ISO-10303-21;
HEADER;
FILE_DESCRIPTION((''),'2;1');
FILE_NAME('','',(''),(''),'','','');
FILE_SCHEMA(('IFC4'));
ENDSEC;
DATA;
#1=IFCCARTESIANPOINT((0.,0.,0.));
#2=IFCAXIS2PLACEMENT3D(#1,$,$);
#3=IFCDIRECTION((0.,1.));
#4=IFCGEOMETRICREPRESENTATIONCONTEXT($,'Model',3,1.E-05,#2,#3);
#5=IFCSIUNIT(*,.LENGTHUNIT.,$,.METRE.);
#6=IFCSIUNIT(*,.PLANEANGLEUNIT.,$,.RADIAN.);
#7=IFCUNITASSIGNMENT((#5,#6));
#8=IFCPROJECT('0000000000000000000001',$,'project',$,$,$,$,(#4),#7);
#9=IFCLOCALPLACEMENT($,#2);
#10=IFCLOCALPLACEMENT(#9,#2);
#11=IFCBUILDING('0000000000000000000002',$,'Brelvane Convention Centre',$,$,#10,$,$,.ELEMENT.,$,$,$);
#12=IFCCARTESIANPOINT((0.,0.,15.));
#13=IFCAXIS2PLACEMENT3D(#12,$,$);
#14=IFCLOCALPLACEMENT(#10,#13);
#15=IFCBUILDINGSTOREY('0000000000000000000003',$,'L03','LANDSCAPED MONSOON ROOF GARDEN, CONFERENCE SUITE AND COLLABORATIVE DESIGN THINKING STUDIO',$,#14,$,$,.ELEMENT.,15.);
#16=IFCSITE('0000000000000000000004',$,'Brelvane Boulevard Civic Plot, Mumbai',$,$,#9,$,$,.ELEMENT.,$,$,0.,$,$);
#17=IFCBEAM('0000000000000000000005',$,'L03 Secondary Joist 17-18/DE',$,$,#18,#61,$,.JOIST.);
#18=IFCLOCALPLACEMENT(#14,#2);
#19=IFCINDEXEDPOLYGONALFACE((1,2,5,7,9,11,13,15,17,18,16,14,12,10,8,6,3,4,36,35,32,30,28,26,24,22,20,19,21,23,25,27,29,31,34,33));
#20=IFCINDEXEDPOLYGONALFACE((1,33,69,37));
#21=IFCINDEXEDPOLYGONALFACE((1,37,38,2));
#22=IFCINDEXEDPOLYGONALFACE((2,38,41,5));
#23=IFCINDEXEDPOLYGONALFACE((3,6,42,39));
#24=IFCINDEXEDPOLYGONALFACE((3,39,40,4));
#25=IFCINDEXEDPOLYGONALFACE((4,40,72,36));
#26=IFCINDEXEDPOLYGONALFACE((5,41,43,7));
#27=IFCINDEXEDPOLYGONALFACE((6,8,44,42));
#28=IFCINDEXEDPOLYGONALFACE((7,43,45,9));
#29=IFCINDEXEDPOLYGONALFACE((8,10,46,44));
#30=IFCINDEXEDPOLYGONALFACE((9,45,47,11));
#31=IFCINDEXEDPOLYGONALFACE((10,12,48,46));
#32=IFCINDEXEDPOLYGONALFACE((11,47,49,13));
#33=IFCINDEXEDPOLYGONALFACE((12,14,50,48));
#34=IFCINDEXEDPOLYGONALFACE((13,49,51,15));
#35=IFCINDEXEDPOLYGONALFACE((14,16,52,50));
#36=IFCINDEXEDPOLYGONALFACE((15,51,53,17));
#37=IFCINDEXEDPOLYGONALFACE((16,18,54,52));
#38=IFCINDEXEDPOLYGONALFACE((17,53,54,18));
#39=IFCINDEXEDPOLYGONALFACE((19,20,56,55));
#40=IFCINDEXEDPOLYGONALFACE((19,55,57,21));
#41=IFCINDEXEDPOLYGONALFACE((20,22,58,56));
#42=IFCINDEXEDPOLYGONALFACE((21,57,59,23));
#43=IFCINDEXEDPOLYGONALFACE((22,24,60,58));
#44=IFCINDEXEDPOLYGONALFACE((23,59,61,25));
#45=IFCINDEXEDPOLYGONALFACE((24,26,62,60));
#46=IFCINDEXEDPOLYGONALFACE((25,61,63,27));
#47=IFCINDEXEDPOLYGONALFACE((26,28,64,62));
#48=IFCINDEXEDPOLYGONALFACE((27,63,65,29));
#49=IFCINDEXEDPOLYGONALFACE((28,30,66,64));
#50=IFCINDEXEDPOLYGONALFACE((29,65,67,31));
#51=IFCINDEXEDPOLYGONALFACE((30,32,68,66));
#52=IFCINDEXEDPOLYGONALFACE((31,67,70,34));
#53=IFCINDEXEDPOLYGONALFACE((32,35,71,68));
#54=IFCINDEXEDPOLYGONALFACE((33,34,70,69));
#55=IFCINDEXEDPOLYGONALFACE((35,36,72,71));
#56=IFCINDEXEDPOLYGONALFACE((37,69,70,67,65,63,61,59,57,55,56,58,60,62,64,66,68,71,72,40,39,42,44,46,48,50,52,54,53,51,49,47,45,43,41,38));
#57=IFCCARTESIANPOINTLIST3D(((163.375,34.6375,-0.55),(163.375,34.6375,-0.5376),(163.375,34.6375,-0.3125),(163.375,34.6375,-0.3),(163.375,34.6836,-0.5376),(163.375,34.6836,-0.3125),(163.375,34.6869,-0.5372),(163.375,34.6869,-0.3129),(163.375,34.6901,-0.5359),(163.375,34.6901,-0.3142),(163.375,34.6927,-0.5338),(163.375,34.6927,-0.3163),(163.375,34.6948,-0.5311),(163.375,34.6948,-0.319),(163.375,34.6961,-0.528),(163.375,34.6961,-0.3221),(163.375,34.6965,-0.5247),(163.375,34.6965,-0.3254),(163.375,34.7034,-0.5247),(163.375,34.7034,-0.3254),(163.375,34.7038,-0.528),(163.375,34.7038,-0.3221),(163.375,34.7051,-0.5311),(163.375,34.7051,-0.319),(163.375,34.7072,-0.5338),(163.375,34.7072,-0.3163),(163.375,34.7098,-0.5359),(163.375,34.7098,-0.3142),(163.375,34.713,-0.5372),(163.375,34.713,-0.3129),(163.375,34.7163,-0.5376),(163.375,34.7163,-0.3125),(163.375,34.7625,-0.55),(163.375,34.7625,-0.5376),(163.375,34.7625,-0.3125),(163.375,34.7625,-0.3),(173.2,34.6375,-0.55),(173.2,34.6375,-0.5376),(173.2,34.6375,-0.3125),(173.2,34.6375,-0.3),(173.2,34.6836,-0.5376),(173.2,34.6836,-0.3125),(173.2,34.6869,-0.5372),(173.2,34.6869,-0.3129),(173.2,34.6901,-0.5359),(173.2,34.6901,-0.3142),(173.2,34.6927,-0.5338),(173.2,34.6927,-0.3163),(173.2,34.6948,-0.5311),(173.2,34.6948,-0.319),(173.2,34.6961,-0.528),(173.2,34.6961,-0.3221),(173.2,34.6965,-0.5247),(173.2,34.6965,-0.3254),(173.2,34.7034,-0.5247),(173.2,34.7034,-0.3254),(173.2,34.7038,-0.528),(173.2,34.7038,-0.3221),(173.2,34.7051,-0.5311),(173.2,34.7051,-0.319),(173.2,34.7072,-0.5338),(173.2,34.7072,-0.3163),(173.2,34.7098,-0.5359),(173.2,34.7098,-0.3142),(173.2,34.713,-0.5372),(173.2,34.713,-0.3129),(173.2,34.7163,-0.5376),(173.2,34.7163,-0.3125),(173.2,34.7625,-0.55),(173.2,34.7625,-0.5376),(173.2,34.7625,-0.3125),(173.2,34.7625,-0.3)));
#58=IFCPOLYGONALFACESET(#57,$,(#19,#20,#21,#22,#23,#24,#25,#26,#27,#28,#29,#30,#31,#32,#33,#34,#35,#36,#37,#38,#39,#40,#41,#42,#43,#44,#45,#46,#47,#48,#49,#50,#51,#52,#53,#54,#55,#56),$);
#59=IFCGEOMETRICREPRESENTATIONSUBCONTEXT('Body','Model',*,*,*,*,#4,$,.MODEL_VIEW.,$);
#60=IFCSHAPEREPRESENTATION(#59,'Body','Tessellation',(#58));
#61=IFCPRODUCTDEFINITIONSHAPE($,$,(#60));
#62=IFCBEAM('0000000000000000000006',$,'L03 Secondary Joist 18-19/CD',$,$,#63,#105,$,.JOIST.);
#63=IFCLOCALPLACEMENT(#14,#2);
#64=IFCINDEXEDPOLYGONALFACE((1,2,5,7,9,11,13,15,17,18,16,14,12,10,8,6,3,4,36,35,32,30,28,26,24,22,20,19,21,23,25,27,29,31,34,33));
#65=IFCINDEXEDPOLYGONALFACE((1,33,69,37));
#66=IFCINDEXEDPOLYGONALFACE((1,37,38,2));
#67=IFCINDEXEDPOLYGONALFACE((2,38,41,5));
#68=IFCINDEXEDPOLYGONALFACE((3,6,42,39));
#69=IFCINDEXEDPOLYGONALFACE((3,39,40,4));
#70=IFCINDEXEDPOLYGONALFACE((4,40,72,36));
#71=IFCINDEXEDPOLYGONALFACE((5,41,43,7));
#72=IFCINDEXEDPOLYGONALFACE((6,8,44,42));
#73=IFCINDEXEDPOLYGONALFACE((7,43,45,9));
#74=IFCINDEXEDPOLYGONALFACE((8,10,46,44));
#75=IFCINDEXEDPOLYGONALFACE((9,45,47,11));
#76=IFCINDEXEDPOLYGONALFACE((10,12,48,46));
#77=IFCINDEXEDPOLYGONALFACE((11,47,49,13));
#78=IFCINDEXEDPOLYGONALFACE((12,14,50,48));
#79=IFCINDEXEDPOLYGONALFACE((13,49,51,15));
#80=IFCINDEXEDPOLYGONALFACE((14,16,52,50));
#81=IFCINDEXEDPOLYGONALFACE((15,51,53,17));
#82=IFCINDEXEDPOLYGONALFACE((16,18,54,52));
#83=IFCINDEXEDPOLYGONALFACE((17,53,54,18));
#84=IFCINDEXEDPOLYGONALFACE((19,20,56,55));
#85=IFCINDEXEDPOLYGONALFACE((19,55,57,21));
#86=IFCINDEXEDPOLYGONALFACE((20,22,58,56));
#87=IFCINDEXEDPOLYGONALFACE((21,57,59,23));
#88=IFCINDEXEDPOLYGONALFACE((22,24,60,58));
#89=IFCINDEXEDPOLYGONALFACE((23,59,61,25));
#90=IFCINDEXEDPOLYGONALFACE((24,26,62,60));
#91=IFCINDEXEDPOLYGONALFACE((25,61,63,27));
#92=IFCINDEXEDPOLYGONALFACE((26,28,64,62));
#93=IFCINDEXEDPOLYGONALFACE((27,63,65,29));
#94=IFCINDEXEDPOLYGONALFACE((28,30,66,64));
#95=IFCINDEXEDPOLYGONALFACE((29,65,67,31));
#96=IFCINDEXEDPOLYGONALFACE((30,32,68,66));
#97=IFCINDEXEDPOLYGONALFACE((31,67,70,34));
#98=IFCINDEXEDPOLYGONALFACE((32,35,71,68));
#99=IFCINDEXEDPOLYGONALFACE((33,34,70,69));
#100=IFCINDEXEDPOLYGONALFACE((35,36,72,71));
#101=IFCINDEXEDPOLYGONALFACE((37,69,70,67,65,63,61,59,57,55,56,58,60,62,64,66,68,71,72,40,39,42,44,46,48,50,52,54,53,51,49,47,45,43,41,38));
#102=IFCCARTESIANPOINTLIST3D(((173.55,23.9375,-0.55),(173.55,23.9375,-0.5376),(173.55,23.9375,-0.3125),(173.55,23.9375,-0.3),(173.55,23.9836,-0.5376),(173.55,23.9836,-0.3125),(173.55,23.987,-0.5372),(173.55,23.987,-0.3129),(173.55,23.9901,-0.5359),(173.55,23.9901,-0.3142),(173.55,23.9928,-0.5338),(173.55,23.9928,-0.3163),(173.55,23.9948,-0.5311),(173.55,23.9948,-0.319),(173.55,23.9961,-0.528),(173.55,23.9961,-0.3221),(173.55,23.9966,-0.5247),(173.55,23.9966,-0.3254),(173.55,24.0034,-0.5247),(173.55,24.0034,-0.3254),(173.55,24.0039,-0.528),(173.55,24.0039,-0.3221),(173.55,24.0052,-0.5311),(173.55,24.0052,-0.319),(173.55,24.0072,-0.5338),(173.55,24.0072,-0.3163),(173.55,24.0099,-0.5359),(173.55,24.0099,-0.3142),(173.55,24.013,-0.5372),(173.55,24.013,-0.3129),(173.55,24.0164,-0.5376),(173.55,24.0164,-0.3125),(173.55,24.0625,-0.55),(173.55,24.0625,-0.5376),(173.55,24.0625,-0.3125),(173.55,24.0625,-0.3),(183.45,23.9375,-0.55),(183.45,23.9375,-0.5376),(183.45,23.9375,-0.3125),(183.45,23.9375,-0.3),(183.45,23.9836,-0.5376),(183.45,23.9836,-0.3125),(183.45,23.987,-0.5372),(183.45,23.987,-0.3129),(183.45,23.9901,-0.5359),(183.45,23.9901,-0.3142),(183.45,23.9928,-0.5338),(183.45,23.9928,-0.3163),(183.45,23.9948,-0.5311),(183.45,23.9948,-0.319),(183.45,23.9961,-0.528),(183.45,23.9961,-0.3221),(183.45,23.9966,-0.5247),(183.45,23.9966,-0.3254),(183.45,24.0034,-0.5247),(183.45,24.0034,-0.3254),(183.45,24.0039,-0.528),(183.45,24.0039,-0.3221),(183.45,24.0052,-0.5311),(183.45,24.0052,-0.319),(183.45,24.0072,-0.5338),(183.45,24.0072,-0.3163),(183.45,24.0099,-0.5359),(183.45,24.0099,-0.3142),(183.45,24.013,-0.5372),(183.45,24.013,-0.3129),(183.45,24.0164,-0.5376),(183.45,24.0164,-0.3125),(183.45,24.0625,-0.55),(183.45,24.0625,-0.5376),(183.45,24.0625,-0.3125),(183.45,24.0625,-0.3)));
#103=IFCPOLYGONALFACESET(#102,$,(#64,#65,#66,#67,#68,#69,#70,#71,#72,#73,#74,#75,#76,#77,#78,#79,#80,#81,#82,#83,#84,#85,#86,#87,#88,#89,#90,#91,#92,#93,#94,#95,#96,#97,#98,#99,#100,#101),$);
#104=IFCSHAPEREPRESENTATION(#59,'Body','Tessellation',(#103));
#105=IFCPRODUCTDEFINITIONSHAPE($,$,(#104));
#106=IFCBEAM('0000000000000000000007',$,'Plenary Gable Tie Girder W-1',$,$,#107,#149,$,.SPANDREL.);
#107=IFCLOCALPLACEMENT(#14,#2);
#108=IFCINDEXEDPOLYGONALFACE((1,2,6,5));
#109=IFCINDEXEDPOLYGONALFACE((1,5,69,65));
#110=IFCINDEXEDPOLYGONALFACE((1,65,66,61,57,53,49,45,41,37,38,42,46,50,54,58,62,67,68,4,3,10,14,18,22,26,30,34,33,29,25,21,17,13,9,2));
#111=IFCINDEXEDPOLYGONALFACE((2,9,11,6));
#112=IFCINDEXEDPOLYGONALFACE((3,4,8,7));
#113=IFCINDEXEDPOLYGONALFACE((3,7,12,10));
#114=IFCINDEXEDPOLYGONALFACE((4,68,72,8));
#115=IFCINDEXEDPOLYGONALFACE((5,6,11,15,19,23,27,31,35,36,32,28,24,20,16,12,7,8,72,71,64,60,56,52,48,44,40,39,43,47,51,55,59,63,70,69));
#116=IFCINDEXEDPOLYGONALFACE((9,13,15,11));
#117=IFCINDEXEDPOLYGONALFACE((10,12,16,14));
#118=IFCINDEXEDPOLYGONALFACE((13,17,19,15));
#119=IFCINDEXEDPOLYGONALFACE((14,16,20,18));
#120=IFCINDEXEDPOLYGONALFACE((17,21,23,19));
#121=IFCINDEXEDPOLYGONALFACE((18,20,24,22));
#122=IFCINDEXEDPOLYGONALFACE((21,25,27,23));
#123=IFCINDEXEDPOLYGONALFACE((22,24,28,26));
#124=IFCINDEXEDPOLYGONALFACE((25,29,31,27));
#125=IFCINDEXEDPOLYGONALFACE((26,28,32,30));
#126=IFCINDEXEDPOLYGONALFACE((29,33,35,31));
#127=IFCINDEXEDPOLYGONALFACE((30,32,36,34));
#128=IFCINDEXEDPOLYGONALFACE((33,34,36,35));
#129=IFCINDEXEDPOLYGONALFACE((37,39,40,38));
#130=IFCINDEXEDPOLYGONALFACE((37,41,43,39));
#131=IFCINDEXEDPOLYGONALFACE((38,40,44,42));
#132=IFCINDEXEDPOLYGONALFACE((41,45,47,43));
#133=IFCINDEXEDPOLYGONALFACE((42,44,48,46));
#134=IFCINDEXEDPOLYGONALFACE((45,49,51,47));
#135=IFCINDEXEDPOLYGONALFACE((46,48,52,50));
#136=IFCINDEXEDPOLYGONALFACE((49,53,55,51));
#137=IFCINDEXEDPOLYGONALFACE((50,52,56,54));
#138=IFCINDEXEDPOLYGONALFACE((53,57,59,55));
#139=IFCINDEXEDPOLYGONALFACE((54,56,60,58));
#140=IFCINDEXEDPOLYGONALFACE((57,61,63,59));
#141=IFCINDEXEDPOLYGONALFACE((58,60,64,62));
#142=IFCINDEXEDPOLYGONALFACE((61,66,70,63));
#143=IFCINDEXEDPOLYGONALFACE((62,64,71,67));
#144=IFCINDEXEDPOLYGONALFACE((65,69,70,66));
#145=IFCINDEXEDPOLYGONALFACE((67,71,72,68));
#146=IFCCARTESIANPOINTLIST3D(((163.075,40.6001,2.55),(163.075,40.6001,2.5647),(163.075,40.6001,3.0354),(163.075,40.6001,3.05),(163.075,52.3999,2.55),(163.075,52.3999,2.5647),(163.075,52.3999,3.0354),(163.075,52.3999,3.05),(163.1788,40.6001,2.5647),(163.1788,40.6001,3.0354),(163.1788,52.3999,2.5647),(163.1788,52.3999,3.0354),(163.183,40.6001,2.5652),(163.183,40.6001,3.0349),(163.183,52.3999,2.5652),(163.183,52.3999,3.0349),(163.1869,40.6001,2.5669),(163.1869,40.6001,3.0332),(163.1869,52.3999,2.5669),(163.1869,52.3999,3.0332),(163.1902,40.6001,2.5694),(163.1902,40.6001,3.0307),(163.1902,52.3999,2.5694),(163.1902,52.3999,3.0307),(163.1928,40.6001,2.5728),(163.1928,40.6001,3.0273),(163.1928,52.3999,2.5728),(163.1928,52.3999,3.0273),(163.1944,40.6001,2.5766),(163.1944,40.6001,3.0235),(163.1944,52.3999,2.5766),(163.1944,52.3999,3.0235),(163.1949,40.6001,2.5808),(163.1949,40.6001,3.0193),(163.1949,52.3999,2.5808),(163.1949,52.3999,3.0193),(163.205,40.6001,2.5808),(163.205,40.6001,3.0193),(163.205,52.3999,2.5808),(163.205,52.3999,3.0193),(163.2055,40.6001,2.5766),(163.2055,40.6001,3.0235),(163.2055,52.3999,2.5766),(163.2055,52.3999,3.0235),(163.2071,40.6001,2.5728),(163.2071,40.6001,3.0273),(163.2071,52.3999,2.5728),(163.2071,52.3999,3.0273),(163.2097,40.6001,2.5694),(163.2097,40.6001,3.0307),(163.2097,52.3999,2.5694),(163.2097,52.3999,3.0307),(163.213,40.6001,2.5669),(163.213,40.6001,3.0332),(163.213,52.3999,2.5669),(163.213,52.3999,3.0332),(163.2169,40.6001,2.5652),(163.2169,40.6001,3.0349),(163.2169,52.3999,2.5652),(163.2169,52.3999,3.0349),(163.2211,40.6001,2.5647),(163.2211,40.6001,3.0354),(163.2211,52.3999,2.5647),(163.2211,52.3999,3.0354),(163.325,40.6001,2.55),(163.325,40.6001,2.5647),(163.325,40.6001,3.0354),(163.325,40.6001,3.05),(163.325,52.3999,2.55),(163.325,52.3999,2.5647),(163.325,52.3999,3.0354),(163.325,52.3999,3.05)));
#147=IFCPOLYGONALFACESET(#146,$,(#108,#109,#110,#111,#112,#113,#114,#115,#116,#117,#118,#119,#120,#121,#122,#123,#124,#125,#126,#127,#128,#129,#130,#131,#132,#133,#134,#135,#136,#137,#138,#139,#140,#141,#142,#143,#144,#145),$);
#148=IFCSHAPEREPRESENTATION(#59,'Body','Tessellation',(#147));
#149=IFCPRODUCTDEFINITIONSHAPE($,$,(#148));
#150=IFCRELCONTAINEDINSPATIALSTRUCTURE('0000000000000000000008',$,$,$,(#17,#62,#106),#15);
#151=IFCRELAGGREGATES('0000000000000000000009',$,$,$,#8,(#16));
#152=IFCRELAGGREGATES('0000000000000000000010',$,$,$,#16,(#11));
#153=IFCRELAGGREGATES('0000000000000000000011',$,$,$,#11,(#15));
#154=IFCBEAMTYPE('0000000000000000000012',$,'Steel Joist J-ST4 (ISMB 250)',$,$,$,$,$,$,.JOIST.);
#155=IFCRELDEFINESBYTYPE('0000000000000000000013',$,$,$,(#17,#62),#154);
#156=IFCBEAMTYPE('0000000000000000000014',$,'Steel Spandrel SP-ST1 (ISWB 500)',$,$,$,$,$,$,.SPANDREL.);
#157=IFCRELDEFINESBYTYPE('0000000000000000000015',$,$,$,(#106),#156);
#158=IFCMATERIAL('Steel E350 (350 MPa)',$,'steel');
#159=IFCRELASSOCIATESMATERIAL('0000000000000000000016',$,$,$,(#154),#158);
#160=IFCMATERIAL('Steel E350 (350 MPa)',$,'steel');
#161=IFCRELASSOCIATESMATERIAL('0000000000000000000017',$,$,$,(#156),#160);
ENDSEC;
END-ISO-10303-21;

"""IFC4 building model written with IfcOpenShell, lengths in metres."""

from ifc_helpers import new_model, si_unit, direction, frame, origin, origin_2d, place, context, subcontext, project, spatial, i_section, extrude, material, material_profile, profile_set, type_object, element, save


model = new_model("IFC4")

# Units and contexts
model_context = context("Model", 3, precision=1e-05, world=origin(), true_north=direction((0.0, 1.0)))
body_context = subcontext(model_context, "Body", "Model", "MODEL_VIEW")
ifc_project = project(units=[si_unit("LENGTHUNIT", "METRE"), si_unit("PLANEANGLEUNIT", "RADIAN")], contexts=[model_context])

# Site, building, storey
site_placement = place(None, origin())
site = spatial("IfcSite", under=ifc_project, at=site_placement, Name="Brelvane Boulevard Civic Plot, Mumbai", CompositionType="ELEMENT", RefElevation=0.0)
building_placement = place(site_placement, origin())
building = spatial("IfcBuilding", under=site, at=building_placement, Name="Brelvane Convention Centre", CompositionType="ELEMENT")
storey_placement = place(building_placement, frame((0.0, 0.0, 15.0)))
storey = spatial("IfcBuildingStorey", under=building, at=storey_placement, Name="L03", Description="LANDSCAPED MONSOON ROOF GARDEN, CONFERENCE SUITE AND COLLABORATIVE DESIGN THINKING STUDIO", CompositionType="ELEMENT", Elevation=15.0)

# Beams
ifc_material_1 = material(Name="Steel E350 (350 MPa)", Category="steel")
ifc_material_profile_1 = material_profile(ifc_material_1, i_section(OverallWidth=0.125, OverallDepth=0.25, WebThickness=0.0068, FlangeThickness=0.0125, FilletRadius=0.0129, at=origin_2d()), Name="ISMB 250")
ifc_profile_set_1 = profile_set([ifc_material_profile_1], Name="Steel E350 (350 MPa)")
beam_type_1 = type_object("IfcBeamType", Name="Steel Joist J-ST4 (ISMB 250)", PredefinedType="JOIST", material=ifc_profile_set_1)
beam_1_placement = place(storey_placement, frame((163.375, 34.7, -0.425), z_axis=(1.0, 0.0, 0.0), x_axis=(0.0, 1.0, 0.0)))
element("IfcBeam", 1, at=beam_1_placement, inside=storey, type_object=beam_type_1, Name="L03 Secondary Joist 17-18/DE", PredefinedType="JOIST", context=body_context, shape_type="SweptSolid", body=[
    extrude(i_section(OverallWidth=0.125, OverallDepth=0.25, WebThickness=0.0068, FlangeThickness=0.0125, FilletRadius=0.0129, at=origin_2d()), origin(), (0.0, 0.0, 1.0), 9.825),
])
beam_2_placement = place(storey_placement, frame((173.55, 24.0, -0.425), z_axis=(1.0, 0.0, 0.0), x_axis=(0.0, 1.0, 0.0)))
element("IfcBeam", 2, at=beam_2_placement, inside=storey, type_object=beam_type_1, Name="L03 Secondary Joist 18-19/CD", PredefinedType="JOIST", context=body_context, shape_type="SweptSolid", body=[
    extrude(i_section(OverallWidth=0.125, OverallDepth=0.25, WebThickness=0.0068, FlangeThickness=0.0125, FilletRadius=0.0129, at=origin_2d()), origin(), (0.0, 0.0, 1.0), 9.8999),
])
ifc_material_2 = material(Name="Steel E350 (350 MPa)", Category="steel")
ifc_material_profile_2 = material_profile(ifc_material_2, i_section(OverallWidth=0.25, OverallDepth=0.5, WebThickness=0.01, FlangeThickness=0.0146, FilletRadius=0.0161, at=origin_2d()), Name="ISWB 500")
ifc_profile_set_2 = profile_set([ifc_material_profile_2], Name="Steel E350 (350 MPa)")
beam_type_2 = type_object("IfcBeamType", Name="Steel Spandrel SP-ST1 (ISWB 500)", PredefinedType="SPANDREL", material=ifc_profile_set_2)
beam_3_placement = place(storey_placement, frame((163.2, 40.6001, 2.8), z_axis=(0.0, 1.0, 0.0), x_axis=(-1.0, 0.0, 0.0)))
element("IfcBeam", 3, at=beam_3_placement, inside=storey, type_object=beam_type_2, Name="Plenary Gable Tie Girder W-1", PredefinedType="SPANDREL", context=body_context, shape_type="SweptSolid", body=[
    extrude(i_section(OverallWidth=0.25, OverallDepth=0.5, WebThickness=0.01, FlangeThickness=0.0146, FilletRadius=0.0161, at=origin_2d()), origin(), (0.0, 0.0, 1.0), 11.7998),
])

save(model, "model.ifc")
